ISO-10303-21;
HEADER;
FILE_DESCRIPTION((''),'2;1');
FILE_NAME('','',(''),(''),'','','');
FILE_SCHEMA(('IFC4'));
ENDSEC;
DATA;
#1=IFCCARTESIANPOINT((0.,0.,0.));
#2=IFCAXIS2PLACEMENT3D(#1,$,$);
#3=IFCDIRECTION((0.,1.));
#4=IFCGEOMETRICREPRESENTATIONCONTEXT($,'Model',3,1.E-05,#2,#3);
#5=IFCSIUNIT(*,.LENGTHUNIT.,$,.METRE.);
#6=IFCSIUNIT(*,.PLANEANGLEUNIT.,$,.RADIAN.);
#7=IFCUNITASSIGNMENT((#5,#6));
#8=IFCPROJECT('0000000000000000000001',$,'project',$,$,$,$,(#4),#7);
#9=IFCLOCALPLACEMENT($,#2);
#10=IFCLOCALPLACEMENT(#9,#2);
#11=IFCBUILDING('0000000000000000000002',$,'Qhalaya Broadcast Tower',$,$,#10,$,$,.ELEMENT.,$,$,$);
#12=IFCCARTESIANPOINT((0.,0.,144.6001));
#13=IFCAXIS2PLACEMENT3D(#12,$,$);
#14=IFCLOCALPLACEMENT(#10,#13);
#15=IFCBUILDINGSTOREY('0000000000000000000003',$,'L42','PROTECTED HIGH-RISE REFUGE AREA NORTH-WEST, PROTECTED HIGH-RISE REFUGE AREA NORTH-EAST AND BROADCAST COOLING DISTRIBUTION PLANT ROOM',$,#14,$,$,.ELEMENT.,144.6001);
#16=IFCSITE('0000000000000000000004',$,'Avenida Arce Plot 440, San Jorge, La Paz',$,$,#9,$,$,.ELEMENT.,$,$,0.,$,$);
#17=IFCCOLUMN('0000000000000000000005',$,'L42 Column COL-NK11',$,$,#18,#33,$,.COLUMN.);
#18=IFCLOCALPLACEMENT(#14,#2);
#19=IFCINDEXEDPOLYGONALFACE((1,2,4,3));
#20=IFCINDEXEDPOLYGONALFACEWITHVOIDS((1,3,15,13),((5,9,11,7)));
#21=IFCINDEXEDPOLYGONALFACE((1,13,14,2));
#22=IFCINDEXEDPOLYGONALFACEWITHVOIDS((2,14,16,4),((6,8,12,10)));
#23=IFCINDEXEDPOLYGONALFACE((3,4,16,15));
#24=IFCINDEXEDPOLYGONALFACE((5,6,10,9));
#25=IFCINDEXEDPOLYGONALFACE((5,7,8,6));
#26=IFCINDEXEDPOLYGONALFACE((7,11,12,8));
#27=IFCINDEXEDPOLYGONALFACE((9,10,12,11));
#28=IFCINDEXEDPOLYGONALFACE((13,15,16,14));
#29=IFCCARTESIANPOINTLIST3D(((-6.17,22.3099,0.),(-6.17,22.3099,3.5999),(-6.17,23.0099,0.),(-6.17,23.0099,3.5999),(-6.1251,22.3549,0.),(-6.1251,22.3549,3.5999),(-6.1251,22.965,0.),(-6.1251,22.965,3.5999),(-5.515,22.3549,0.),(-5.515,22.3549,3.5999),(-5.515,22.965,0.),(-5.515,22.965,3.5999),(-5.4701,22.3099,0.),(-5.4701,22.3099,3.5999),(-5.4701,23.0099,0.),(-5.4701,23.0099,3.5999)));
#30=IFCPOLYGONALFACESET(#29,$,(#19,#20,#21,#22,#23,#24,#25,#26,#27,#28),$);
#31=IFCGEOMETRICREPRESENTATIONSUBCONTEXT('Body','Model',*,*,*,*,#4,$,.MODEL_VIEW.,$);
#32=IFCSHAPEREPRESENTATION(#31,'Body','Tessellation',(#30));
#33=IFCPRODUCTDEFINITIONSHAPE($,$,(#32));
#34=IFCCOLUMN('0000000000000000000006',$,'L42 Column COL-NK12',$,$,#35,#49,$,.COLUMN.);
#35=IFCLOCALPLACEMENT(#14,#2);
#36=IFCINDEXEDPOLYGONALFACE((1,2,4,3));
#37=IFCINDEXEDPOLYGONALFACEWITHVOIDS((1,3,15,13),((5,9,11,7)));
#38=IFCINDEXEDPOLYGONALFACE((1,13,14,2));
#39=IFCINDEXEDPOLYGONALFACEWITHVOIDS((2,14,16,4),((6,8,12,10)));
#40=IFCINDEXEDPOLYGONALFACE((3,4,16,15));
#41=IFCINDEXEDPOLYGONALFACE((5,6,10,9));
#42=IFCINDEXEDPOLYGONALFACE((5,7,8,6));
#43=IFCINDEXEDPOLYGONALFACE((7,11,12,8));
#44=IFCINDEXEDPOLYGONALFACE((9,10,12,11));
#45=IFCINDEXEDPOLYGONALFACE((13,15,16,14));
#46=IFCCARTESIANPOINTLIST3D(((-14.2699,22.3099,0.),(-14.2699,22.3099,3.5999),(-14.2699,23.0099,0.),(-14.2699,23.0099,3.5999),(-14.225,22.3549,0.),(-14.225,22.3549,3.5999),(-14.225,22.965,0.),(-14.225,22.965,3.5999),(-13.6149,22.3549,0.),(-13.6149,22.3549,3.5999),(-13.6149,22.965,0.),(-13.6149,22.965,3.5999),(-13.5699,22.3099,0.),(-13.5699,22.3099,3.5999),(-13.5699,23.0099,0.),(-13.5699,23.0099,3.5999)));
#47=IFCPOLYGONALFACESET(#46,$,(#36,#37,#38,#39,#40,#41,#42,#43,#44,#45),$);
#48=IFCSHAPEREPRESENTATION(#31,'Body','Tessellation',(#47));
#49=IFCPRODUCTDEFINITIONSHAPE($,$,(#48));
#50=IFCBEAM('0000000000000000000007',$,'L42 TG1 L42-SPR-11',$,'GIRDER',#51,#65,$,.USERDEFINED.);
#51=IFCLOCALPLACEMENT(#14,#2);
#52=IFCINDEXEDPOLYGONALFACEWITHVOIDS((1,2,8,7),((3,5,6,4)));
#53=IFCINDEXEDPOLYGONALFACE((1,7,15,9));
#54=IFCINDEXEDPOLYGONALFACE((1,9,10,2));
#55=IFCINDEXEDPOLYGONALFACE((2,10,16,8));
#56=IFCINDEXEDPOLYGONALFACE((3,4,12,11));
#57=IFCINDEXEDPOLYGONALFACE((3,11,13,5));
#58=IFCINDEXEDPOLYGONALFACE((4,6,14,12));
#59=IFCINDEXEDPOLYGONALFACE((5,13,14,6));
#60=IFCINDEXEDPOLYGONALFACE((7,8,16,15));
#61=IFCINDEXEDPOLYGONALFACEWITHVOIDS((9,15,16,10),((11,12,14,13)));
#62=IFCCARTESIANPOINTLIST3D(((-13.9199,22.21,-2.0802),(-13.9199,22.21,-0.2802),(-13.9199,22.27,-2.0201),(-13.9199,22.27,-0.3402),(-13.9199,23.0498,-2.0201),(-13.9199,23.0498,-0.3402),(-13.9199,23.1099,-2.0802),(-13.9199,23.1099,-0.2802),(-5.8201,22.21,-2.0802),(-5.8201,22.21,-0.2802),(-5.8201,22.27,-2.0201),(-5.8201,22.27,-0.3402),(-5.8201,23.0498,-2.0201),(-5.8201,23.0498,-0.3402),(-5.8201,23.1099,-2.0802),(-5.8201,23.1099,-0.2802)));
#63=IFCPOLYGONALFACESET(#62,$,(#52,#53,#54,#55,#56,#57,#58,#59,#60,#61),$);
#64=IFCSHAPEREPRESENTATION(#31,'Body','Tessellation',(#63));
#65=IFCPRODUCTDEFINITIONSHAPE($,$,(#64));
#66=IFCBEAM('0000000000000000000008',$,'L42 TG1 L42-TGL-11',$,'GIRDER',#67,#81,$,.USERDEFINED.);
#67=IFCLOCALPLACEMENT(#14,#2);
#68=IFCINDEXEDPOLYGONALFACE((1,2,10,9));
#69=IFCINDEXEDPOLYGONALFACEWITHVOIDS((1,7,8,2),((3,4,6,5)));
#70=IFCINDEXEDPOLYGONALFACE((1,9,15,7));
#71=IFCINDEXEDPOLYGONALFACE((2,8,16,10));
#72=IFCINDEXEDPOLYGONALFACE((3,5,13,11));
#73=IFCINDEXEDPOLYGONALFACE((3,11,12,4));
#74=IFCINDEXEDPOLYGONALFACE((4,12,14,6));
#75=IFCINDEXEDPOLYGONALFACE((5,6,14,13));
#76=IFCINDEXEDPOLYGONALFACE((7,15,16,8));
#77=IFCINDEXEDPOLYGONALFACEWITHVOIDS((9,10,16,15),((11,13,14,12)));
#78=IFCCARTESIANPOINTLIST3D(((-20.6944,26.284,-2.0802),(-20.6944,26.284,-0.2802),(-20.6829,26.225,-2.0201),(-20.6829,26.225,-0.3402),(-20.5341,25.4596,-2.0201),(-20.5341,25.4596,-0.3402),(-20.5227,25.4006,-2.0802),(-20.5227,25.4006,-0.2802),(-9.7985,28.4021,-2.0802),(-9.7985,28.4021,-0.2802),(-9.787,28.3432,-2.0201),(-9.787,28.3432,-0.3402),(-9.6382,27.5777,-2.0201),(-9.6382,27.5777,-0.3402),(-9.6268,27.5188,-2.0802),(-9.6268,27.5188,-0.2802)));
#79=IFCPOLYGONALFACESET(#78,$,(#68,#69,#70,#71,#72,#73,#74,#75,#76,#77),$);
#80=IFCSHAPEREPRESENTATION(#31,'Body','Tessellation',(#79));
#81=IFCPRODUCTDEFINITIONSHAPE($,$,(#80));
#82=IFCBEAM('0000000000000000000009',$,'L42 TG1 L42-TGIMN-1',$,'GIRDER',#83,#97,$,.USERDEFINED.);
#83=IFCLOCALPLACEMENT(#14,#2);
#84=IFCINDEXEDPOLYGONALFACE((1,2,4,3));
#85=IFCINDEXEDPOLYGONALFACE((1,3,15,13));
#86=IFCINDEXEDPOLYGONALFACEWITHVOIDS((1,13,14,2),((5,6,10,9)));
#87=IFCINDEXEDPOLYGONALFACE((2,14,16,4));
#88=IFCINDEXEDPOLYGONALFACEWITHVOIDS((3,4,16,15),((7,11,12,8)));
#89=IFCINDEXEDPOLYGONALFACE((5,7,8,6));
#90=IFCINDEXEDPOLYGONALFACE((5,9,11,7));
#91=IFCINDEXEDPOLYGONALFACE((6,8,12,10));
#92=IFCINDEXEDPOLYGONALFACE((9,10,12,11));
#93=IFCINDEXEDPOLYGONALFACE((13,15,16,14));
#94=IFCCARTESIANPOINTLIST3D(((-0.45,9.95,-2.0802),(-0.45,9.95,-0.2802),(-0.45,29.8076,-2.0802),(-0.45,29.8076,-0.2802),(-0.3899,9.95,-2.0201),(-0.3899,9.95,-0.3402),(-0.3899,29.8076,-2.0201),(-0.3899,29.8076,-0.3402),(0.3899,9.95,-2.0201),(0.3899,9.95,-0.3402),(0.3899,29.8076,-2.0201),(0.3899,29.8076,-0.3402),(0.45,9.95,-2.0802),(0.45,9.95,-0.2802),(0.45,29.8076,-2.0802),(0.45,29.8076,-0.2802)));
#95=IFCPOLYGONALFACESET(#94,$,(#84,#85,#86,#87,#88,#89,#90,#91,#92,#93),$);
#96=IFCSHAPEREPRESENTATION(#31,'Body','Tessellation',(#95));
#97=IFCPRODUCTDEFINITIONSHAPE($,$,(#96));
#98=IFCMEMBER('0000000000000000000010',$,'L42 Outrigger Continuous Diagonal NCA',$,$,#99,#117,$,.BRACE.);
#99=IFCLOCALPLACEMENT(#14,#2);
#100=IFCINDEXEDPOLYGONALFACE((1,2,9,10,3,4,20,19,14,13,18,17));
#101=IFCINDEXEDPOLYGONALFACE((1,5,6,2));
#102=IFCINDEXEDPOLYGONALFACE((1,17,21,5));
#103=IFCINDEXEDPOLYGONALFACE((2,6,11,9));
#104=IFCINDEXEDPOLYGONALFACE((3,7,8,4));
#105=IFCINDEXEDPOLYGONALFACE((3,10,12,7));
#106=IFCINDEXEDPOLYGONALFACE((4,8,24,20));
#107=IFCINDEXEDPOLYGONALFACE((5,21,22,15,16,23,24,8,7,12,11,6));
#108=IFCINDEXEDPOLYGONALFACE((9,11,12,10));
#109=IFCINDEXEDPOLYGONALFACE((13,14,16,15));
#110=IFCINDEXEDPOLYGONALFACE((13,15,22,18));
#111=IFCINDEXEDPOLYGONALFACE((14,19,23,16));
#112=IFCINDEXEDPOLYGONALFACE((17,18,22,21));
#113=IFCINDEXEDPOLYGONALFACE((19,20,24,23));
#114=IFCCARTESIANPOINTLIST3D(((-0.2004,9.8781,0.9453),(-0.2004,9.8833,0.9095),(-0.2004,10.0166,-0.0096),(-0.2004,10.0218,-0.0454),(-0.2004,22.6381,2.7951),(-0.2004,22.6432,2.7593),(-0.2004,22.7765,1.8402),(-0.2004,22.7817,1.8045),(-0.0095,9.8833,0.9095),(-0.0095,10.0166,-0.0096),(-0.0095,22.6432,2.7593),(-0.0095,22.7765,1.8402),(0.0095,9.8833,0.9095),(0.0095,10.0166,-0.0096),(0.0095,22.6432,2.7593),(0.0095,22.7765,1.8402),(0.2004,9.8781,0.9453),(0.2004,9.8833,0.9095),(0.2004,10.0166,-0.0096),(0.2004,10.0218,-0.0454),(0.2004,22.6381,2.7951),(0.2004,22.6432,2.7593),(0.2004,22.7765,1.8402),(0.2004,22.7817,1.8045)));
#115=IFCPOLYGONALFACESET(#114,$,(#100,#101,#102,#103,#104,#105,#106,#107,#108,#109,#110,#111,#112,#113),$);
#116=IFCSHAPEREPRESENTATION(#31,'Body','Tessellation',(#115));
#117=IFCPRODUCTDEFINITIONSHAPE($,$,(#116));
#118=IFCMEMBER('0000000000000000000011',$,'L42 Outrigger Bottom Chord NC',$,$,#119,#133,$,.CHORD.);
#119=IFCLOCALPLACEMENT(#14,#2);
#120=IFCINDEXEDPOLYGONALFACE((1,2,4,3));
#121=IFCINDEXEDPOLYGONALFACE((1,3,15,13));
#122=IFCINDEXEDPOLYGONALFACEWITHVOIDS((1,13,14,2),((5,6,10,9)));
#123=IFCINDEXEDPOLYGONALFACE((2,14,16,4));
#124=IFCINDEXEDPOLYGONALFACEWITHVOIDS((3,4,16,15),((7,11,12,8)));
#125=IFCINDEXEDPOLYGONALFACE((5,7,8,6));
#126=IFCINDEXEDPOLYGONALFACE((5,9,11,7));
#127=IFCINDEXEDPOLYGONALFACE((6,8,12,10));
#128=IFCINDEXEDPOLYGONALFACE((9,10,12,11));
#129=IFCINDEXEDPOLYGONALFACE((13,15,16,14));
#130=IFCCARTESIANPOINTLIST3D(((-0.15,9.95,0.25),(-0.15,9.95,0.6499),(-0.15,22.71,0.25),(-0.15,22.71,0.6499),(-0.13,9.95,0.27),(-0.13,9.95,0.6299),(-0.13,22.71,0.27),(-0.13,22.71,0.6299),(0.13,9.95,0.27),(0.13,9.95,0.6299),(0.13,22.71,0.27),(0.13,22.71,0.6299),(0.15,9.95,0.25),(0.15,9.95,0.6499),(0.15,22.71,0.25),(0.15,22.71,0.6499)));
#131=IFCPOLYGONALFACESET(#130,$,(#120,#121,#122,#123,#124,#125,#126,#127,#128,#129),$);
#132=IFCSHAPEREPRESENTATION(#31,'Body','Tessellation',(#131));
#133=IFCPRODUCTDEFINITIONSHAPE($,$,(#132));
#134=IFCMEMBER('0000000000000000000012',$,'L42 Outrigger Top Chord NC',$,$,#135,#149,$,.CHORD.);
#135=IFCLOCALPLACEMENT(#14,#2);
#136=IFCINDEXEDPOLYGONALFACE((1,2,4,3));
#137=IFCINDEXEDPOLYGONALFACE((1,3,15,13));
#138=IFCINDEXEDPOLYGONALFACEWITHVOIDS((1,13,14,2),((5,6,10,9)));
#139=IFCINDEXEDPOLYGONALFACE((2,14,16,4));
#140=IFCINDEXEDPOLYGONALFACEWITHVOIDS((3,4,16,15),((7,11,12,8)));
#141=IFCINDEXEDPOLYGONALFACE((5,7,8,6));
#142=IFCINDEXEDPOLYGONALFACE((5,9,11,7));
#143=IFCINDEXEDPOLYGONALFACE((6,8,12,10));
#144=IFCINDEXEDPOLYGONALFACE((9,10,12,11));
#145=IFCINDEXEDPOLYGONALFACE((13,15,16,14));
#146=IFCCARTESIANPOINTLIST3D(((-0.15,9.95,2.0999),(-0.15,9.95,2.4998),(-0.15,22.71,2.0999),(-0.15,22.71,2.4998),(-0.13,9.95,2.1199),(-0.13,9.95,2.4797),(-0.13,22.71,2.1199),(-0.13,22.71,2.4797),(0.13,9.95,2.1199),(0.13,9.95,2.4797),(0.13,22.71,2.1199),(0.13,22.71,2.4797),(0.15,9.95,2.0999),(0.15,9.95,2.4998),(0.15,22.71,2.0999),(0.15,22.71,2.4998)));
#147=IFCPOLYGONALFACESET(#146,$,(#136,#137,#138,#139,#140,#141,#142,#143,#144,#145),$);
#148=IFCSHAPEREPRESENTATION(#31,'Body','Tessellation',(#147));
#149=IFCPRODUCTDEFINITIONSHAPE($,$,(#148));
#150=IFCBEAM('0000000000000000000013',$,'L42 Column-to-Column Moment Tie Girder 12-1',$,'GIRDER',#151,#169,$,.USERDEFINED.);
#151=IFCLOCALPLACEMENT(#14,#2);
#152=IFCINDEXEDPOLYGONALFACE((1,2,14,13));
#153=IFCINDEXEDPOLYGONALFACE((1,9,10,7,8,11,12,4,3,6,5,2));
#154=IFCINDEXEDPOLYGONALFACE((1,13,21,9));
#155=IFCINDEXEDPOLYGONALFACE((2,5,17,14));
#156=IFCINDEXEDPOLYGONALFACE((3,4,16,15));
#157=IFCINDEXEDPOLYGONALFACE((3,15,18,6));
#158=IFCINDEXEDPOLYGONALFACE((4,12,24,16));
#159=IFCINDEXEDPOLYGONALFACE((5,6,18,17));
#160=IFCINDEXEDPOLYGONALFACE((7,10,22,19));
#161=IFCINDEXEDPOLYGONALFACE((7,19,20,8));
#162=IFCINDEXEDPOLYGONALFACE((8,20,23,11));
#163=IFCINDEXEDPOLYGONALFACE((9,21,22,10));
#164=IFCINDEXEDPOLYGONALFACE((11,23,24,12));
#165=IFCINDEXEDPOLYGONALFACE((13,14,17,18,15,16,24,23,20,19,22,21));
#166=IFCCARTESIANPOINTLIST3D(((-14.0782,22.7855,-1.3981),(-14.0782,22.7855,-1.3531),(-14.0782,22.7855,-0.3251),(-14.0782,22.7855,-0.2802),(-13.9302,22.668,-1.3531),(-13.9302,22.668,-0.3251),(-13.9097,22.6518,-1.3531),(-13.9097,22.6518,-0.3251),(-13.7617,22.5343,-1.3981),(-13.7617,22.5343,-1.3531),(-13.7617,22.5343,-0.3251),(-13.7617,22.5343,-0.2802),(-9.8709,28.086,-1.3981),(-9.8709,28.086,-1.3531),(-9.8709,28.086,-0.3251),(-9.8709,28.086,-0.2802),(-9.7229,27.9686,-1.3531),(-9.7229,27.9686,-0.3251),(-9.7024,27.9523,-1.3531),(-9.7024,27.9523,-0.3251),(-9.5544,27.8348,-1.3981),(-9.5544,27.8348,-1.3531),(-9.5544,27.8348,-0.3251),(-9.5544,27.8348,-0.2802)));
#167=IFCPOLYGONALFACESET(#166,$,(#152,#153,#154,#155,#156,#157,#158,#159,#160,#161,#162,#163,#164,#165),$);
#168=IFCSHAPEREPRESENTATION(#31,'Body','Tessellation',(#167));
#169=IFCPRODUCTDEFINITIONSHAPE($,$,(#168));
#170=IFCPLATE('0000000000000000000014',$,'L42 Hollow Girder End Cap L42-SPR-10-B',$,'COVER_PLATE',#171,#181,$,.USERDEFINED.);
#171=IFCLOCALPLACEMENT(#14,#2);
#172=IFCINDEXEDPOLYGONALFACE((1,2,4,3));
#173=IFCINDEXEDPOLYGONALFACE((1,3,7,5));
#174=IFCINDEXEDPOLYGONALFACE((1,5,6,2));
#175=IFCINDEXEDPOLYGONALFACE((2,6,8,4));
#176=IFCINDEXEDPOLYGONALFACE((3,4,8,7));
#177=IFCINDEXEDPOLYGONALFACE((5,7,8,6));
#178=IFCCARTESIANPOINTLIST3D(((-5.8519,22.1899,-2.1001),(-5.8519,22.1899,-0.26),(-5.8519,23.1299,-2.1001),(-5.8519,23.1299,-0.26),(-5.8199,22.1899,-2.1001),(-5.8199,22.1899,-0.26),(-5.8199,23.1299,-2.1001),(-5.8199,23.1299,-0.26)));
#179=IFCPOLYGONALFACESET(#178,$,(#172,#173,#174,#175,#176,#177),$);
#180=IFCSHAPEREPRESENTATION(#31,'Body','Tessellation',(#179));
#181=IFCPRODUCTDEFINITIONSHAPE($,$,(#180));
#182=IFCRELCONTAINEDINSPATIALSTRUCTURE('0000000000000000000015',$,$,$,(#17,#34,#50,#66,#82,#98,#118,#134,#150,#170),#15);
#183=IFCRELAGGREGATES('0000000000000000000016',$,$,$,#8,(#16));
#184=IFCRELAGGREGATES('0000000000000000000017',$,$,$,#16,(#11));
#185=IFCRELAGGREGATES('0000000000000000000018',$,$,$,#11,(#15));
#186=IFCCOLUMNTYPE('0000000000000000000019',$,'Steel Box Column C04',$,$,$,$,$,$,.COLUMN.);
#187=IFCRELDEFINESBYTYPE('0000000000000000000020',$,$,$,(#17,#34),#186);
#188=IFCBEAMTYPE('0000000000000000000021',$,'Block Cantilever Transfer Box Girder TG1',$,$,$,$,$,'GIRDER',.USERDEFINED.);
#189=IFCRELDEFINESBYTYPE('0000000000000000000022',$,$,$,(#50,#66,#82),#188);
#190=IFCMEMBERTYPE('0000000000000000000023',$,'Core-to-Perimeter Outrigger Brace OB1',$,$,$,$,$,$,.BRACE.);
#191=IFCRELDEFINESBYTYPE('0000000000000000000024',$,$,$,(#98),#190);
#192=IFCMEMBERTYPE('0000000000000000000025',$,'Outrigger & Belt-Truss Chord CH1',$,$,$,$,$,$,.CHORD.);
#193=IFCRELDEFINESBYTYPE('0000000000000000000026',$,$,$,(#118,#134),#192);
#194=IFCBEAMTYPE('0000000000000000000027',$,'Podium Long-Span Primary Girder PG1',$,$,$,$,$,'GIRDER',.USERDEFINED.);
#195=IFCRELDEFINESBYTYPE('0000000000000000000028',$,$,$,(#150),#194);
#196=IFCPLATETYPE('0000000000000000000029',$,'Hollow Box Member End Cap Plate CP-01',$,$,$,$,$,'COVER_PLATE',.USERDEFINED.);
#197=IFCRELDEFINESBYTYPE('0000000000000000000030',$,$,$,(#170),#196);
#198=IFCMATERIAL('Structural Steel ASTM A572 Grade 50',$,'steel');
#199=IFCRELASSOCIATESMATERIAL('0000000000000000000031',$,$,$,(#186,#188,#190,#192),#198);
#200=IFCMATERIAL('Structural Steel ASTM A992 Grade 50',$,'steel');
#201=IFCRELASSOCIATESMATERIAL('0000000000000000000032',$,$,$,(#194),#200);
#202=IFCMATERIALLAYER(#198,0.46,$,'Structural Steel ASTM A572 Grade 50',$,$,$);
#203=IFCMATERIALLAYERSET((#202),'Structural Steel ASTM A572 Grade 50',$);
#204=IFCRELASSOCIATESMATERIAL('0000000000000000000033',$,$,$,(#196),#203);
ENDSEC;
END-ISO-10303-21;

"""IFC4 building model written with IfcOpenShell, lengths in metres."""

from ifc_helpers import new_model, si_unit, direction, frame, origin, origin_2d, place, context, subcontext, project, spatial, rectangle, hollow_rectangle, i_section, extrude, material, layer, layer_set, material_profile, profile_set, type_object, element, save


model = new_model("IFC4")

# Units and contexts
model_context = context("Model", 3, precision=1e-05, world=origin(), true_north=direction((0.0, 1.0)))
body_context = subcontext(model_context, "Body", "Model", "MODEL_VIEW")
ifc_project = project(units=[si_unit("LENGTHUNIT", "METRE"), si_unit("PLANEANGLEUNIT", "RADIAN")], contexts=[model_context])

# Site, building, storey
site_placement = place(None, origin())
site = spatial("IfcSite", under=ifc_project, at=site_placement, Name="Avenida Arce Plot 440, San Jorge, La Paz", CompositionType="ELEMENT", RefElevation=0.0)
building_placement = place(site_placement, origin())
building = spatial("IfcBuilding", under=site, at=building_placement, Name="Qhalaya Broadcast Tower", CompositionType="ELEMENT")
storey_placement = place(building_placement, frame((0.0, 0.0, 144.6001)))
storey = spatial("IfcBuildingStorey", under=building, at=storey_placement, Name="L42", Description="PROTECTED HIGH-RISE REFUGE AREA NORTH-WEST, PROTECTED HIGH-RISE REFUGE AREA NORTH-EAST AND BROADCAST COOLING DISTRIBUTION PLANT ROOM", CompositionType="ELEMENT", Elevation=144.6001)

# Columns
ifc_material_1 = material(Name="Structural Steel ASTM A572 Grade 50", Category="steel")
ifc_material_profile_1 = material_profile(ifc_material_1, hollow_rectangle(XDim=0.7, YDim=0.7, WallThickness=0.0449, at=origin_2d()), Name="BOX 700x700x45")
ifc_profile_set_1 = profile_set([ifc_material_profile_1], Name="Structural Steel ASTM A572 Grade 50")
column_type = type_object("IfcColumnType", Name="Steel Box Column C04", PredefinedType="COLUMN", material=ifc_profile_set_1)
for number, where, z_axis, x_axis, name in (
    (1, (-5.8201, 22.6599, 0.0), (0.0, 0.0, 1.0), (1.0, 0.0, 0.0), "L42 Column COL-NK11"),
    (2, (-13.9199, 22.6599, 0.0), (0.0, 0.0, 1.0), (1.0, 0.0, 0.0), "L42 Column COL-NK12"),
):
    element("IfcColumn", number, at=place(storey_placement, frame(where, z_axis=z_axis, x_axis=x_axis)), inside=storey, type_object=column_type, Name=name, PredefinedType="COLUMN", context=body_context, shape_type="SweptSolid", body=[
        extrude(hollow_rectangle(XDim=0.7, YDim=0.7, WallThickness=0.0449, at=origin_2d()), origin(), (0.0, 0.0, 1.0), 3.5999),
    ])

# Beams
ifc_material_profile_2 = material_profile(ifc_material_1, hollow_rectangle(XDim=0.8999, YDim=1.8, WallThickness=0.0601, at=origin_2d()), Name="BOX 900x1800x60")
ifc_profile_set_2 = profile_set([ifc_material_profile_2], Name="Structural Steel ASTM A572 Grade 50")
beam_type_1 = type_object("IfcBeamType", Name="Block Cantilever Transfer Box Girder TG1", ElementType="GIRDER", PredefinedType="USERDEFINED", material=ifc_profile_set_2)
beam_1_placement = place(storey_placement, frame((-5.8201, 22.6599, -1.1802), z_axis=(-1.0, 0.0, 0.0), x_axis=(0.0, -1.0, 0.0)))
element("IfcBeam", 3, at=beam_1_placement, inside=storey, type_object=beam_type_1, Name="L42 TG1 L42-SPR-11", ObjectType="GIRDER", PredefinedType="USERDEFINED", context=body_context, shape_type="SweptSolid", body=[
    extrude(hollow_rectangle(XDim=0.8999, YDim=1.8, WallThickness=0.0601, at=origin_2d()), origin(), (0.0, 0.0, 1.0), 8.0999),
])
beam_2_placement = place(storey_placement, frame((-9.7126, 27.9604, -1.1802), z_axis=(-0.981624, -0.190826, 0.0), x_axis=(0.190826, -0.981624, 0.0)))
element("IfcBeam", 4, at=beam_2_placement, inside=storey, type_object=beam_type_1, Name="L42 TG1 L42-TGL-11", ObjectType="GIRDER", PredefinedType="USERDEFINED", context=body_context, shape_type="SweptSolid", body=[
    extrude(hollow_rectangle(XDim=0.8999, YDim=1.8, WallThickness=0.0601, at=origin_2d()), origin(), (0.0, 0.0, 1.0), 11.0999),
])
beam_3_placement = place(storey_placement, frame((0.0, 9.95, -1.1802), z_axis=(0.0, 1.0, 0.0), x_axis=(-1.0, 0.0, 0.0)))
element("IfcBeam", 5, at=beam_3_placement, inside=storey, type_object=beam_type_1, Name="L42 TG1 L42-TGIMN-1", ObjectType="GIRDER", PredefinedType="USERDEFINED", context=body_context, shape_type="SweptSolid", body=[
    extrude(hollow_rectangle(XDim=0.8999, YDim=1.8, WallThickness=0.0601, at=origin_2d()), origin(), (0.0, 0.0, 1.0), 19.8577),
])

# Members
ifc_material_profile_3 = material_profile(ifc_material_1, i_section(OverallWidth=0.4009, OverallDepth=1.001, WebThickness=0.019, FlangeThickness=0.0361, at=origin_2d()), Name="W40X249")
ifc_profile_set_3 = profile_set([ifc_material_profile_3], Name="Structural Steel ASTM A572 Grade 50")
member_type_1 = type_object("IfcMemberType", Name="Core-to-Perimeter Outrigger Brace OB1", PredefinedType="BRACE", material=ifc_profile_set_3)
member_placement = place(storey_placement, frame((0.0, 9.95, 0.45), z_axis=(0.0, 0.989654, 0.143473), x_axis=(-1.0, 0.0, 0.0)))
element("IfcMember", 6, at=member_placement, inside=storey, type_object=member_type_1, Name="L42 Outrigger Continuous Diagonal NCA", PredefinedType="BRACE", context=body_context, shape_type="SweptSolid", body=[
    extrude(i_section(OverallWidth=0.4009, OverallDepth=1.001, WebThickness=0.019, FlangeThickness=0.0361, at=origin_2d()), origin(), (0.0, 0.0, 1.0), 12.8933),
])
ifc_material_profile_4 = material_profile(ifc_material_1, hollow_rectangle(XDim=0.3, YDim=0.3999, WallThickness=0.02, at=origin_2d()), Name="HSS 300x400x20")
ifc_profile_set_4 = profile_set([ifc_material_profile_4], Name="Structural Steel ASTM A572 Grade 50")
member_type_2 = type_object("IfcMemberType", Name="Outrigger & Belt-Truss Chord CH1", PredefinedType="CHORD", material=ifc_profile_set_4)
for number, where, z_axis, x_axis, name in (
    (7, (0.0, 9.95, 0.45), (0.0, 1.0, 0.0), (-1.0, 0.0, 0.0), "L42 Outrigger Bottom Chord NC"),
    (8, (0.0, 9.95, 2.2998), (0.0, 1.0, 0.0), (-1.0, 0.0, 0.0), "L42 Outrigger Top Chord NC"),
):
    element("IfcMember", number, at=place(storey_placement, frame(where, z_axis=z_axis, x_axis=x_axis)), inside=storey, type_object=member_type_2, Name=name, PredefinedType="CHORD", context=body_context, shape_type="SweptSolid", body=[
        extrude(hollow_rectangle(XDim=0.3, YDim=0.3999, WallThickness=0.02, at=origin_2d()), origin(), (0.0, 0.0, 1.0), 12.76),
    ])

# Beam
ifc_material_2 = material(Name="Structural Steel ASTM A992 Grade 50", Category="steel")
ifc_material_profile_5 = material_profile(ifc_material_2, i_section(OverallWidth=0.4041, OverallDepth=1.1179, WebThickness=0.0261, FlangeThickness=0.0449, at=origin_2d()), Name="W44X335")
ifc_profile_set_5 = profile_set([ifc_material_profile_5], Name="Structural Steel ASTM A992 Grade 50")
beam_type_2 = type_object("IfcBeamType", Name="Podium Long-Span Primary Girder PG1", ElementType="GIRDER", PredefinedType="USERDEFINED", material=ifc_profile_set_5)
beam_4_placement = place(storey_placement, frame((-9.7126, 27.9604, -0.8391), z_axis=(-0.621703, -0.783253, 0.0), x_axis=(0.783253, -0.621703, 0.0)))
element("IfcBeam", 9, at=beam_4_placement, inside=storey, type_object=beam_type_2, Name="L42 Column-to-Column Moment Tie Girder 12-1", ObjectType="GIRDER", PredefinedType="USERDEFINED", context=body_context, shape_type="SweptSolid", body=[
    extrude(i_section(OverallWidth=0.4041, OverallDepth=1.1179, WebThickness=0.0261, FlangeThickness=0.0449, at=origin_2d()), origin(), (0.0, 0.0, 1.0), 6.7673),
])

# Plate
ifc_layer_1 = layer(ifc_material_1, 0.46, Name="Structural Steel ASTM A572 Grade 50")
ifc_layer_set_1 = layer_set([ifc_layer_1], Name="Structural Steel ASTM A572 Grade 50")
plate_type = type_object("IfcPlateType", Name="Hollow Box Member End Cap Plate CP-01", ElementType="COVER_PLATE", PredefinedType="USERDEFINED", material=ifc_layer_set_1)
for number, where, z_axis, x_axis, name in (
    (10, (-5.8359, 22.6599, -2.1001), (0.0, 0.0, 1.0), (0.0, -1.0, 0.0), "L42 Hollow Girder End Cap L42-SPR-10-B"),
):
    element("IfcPlate", number, at=place(storey_placement, frame(where, z_axis=z_axis, x_axis=x_axis)), inside=storey, type_object=plate_type, Name=name, ObjectType="COVER_PLATE", PredefinedType="USERDEFINED", context=body_context, shape_type="SweptSolid", body=[
        extrude(rectangle(XDim=0.9399, YDim=0.032, at=origin_2d()), origin(), (0.0, 0.0, 1.0), 1.8401),
    ])

save(model, "model.ifc")
